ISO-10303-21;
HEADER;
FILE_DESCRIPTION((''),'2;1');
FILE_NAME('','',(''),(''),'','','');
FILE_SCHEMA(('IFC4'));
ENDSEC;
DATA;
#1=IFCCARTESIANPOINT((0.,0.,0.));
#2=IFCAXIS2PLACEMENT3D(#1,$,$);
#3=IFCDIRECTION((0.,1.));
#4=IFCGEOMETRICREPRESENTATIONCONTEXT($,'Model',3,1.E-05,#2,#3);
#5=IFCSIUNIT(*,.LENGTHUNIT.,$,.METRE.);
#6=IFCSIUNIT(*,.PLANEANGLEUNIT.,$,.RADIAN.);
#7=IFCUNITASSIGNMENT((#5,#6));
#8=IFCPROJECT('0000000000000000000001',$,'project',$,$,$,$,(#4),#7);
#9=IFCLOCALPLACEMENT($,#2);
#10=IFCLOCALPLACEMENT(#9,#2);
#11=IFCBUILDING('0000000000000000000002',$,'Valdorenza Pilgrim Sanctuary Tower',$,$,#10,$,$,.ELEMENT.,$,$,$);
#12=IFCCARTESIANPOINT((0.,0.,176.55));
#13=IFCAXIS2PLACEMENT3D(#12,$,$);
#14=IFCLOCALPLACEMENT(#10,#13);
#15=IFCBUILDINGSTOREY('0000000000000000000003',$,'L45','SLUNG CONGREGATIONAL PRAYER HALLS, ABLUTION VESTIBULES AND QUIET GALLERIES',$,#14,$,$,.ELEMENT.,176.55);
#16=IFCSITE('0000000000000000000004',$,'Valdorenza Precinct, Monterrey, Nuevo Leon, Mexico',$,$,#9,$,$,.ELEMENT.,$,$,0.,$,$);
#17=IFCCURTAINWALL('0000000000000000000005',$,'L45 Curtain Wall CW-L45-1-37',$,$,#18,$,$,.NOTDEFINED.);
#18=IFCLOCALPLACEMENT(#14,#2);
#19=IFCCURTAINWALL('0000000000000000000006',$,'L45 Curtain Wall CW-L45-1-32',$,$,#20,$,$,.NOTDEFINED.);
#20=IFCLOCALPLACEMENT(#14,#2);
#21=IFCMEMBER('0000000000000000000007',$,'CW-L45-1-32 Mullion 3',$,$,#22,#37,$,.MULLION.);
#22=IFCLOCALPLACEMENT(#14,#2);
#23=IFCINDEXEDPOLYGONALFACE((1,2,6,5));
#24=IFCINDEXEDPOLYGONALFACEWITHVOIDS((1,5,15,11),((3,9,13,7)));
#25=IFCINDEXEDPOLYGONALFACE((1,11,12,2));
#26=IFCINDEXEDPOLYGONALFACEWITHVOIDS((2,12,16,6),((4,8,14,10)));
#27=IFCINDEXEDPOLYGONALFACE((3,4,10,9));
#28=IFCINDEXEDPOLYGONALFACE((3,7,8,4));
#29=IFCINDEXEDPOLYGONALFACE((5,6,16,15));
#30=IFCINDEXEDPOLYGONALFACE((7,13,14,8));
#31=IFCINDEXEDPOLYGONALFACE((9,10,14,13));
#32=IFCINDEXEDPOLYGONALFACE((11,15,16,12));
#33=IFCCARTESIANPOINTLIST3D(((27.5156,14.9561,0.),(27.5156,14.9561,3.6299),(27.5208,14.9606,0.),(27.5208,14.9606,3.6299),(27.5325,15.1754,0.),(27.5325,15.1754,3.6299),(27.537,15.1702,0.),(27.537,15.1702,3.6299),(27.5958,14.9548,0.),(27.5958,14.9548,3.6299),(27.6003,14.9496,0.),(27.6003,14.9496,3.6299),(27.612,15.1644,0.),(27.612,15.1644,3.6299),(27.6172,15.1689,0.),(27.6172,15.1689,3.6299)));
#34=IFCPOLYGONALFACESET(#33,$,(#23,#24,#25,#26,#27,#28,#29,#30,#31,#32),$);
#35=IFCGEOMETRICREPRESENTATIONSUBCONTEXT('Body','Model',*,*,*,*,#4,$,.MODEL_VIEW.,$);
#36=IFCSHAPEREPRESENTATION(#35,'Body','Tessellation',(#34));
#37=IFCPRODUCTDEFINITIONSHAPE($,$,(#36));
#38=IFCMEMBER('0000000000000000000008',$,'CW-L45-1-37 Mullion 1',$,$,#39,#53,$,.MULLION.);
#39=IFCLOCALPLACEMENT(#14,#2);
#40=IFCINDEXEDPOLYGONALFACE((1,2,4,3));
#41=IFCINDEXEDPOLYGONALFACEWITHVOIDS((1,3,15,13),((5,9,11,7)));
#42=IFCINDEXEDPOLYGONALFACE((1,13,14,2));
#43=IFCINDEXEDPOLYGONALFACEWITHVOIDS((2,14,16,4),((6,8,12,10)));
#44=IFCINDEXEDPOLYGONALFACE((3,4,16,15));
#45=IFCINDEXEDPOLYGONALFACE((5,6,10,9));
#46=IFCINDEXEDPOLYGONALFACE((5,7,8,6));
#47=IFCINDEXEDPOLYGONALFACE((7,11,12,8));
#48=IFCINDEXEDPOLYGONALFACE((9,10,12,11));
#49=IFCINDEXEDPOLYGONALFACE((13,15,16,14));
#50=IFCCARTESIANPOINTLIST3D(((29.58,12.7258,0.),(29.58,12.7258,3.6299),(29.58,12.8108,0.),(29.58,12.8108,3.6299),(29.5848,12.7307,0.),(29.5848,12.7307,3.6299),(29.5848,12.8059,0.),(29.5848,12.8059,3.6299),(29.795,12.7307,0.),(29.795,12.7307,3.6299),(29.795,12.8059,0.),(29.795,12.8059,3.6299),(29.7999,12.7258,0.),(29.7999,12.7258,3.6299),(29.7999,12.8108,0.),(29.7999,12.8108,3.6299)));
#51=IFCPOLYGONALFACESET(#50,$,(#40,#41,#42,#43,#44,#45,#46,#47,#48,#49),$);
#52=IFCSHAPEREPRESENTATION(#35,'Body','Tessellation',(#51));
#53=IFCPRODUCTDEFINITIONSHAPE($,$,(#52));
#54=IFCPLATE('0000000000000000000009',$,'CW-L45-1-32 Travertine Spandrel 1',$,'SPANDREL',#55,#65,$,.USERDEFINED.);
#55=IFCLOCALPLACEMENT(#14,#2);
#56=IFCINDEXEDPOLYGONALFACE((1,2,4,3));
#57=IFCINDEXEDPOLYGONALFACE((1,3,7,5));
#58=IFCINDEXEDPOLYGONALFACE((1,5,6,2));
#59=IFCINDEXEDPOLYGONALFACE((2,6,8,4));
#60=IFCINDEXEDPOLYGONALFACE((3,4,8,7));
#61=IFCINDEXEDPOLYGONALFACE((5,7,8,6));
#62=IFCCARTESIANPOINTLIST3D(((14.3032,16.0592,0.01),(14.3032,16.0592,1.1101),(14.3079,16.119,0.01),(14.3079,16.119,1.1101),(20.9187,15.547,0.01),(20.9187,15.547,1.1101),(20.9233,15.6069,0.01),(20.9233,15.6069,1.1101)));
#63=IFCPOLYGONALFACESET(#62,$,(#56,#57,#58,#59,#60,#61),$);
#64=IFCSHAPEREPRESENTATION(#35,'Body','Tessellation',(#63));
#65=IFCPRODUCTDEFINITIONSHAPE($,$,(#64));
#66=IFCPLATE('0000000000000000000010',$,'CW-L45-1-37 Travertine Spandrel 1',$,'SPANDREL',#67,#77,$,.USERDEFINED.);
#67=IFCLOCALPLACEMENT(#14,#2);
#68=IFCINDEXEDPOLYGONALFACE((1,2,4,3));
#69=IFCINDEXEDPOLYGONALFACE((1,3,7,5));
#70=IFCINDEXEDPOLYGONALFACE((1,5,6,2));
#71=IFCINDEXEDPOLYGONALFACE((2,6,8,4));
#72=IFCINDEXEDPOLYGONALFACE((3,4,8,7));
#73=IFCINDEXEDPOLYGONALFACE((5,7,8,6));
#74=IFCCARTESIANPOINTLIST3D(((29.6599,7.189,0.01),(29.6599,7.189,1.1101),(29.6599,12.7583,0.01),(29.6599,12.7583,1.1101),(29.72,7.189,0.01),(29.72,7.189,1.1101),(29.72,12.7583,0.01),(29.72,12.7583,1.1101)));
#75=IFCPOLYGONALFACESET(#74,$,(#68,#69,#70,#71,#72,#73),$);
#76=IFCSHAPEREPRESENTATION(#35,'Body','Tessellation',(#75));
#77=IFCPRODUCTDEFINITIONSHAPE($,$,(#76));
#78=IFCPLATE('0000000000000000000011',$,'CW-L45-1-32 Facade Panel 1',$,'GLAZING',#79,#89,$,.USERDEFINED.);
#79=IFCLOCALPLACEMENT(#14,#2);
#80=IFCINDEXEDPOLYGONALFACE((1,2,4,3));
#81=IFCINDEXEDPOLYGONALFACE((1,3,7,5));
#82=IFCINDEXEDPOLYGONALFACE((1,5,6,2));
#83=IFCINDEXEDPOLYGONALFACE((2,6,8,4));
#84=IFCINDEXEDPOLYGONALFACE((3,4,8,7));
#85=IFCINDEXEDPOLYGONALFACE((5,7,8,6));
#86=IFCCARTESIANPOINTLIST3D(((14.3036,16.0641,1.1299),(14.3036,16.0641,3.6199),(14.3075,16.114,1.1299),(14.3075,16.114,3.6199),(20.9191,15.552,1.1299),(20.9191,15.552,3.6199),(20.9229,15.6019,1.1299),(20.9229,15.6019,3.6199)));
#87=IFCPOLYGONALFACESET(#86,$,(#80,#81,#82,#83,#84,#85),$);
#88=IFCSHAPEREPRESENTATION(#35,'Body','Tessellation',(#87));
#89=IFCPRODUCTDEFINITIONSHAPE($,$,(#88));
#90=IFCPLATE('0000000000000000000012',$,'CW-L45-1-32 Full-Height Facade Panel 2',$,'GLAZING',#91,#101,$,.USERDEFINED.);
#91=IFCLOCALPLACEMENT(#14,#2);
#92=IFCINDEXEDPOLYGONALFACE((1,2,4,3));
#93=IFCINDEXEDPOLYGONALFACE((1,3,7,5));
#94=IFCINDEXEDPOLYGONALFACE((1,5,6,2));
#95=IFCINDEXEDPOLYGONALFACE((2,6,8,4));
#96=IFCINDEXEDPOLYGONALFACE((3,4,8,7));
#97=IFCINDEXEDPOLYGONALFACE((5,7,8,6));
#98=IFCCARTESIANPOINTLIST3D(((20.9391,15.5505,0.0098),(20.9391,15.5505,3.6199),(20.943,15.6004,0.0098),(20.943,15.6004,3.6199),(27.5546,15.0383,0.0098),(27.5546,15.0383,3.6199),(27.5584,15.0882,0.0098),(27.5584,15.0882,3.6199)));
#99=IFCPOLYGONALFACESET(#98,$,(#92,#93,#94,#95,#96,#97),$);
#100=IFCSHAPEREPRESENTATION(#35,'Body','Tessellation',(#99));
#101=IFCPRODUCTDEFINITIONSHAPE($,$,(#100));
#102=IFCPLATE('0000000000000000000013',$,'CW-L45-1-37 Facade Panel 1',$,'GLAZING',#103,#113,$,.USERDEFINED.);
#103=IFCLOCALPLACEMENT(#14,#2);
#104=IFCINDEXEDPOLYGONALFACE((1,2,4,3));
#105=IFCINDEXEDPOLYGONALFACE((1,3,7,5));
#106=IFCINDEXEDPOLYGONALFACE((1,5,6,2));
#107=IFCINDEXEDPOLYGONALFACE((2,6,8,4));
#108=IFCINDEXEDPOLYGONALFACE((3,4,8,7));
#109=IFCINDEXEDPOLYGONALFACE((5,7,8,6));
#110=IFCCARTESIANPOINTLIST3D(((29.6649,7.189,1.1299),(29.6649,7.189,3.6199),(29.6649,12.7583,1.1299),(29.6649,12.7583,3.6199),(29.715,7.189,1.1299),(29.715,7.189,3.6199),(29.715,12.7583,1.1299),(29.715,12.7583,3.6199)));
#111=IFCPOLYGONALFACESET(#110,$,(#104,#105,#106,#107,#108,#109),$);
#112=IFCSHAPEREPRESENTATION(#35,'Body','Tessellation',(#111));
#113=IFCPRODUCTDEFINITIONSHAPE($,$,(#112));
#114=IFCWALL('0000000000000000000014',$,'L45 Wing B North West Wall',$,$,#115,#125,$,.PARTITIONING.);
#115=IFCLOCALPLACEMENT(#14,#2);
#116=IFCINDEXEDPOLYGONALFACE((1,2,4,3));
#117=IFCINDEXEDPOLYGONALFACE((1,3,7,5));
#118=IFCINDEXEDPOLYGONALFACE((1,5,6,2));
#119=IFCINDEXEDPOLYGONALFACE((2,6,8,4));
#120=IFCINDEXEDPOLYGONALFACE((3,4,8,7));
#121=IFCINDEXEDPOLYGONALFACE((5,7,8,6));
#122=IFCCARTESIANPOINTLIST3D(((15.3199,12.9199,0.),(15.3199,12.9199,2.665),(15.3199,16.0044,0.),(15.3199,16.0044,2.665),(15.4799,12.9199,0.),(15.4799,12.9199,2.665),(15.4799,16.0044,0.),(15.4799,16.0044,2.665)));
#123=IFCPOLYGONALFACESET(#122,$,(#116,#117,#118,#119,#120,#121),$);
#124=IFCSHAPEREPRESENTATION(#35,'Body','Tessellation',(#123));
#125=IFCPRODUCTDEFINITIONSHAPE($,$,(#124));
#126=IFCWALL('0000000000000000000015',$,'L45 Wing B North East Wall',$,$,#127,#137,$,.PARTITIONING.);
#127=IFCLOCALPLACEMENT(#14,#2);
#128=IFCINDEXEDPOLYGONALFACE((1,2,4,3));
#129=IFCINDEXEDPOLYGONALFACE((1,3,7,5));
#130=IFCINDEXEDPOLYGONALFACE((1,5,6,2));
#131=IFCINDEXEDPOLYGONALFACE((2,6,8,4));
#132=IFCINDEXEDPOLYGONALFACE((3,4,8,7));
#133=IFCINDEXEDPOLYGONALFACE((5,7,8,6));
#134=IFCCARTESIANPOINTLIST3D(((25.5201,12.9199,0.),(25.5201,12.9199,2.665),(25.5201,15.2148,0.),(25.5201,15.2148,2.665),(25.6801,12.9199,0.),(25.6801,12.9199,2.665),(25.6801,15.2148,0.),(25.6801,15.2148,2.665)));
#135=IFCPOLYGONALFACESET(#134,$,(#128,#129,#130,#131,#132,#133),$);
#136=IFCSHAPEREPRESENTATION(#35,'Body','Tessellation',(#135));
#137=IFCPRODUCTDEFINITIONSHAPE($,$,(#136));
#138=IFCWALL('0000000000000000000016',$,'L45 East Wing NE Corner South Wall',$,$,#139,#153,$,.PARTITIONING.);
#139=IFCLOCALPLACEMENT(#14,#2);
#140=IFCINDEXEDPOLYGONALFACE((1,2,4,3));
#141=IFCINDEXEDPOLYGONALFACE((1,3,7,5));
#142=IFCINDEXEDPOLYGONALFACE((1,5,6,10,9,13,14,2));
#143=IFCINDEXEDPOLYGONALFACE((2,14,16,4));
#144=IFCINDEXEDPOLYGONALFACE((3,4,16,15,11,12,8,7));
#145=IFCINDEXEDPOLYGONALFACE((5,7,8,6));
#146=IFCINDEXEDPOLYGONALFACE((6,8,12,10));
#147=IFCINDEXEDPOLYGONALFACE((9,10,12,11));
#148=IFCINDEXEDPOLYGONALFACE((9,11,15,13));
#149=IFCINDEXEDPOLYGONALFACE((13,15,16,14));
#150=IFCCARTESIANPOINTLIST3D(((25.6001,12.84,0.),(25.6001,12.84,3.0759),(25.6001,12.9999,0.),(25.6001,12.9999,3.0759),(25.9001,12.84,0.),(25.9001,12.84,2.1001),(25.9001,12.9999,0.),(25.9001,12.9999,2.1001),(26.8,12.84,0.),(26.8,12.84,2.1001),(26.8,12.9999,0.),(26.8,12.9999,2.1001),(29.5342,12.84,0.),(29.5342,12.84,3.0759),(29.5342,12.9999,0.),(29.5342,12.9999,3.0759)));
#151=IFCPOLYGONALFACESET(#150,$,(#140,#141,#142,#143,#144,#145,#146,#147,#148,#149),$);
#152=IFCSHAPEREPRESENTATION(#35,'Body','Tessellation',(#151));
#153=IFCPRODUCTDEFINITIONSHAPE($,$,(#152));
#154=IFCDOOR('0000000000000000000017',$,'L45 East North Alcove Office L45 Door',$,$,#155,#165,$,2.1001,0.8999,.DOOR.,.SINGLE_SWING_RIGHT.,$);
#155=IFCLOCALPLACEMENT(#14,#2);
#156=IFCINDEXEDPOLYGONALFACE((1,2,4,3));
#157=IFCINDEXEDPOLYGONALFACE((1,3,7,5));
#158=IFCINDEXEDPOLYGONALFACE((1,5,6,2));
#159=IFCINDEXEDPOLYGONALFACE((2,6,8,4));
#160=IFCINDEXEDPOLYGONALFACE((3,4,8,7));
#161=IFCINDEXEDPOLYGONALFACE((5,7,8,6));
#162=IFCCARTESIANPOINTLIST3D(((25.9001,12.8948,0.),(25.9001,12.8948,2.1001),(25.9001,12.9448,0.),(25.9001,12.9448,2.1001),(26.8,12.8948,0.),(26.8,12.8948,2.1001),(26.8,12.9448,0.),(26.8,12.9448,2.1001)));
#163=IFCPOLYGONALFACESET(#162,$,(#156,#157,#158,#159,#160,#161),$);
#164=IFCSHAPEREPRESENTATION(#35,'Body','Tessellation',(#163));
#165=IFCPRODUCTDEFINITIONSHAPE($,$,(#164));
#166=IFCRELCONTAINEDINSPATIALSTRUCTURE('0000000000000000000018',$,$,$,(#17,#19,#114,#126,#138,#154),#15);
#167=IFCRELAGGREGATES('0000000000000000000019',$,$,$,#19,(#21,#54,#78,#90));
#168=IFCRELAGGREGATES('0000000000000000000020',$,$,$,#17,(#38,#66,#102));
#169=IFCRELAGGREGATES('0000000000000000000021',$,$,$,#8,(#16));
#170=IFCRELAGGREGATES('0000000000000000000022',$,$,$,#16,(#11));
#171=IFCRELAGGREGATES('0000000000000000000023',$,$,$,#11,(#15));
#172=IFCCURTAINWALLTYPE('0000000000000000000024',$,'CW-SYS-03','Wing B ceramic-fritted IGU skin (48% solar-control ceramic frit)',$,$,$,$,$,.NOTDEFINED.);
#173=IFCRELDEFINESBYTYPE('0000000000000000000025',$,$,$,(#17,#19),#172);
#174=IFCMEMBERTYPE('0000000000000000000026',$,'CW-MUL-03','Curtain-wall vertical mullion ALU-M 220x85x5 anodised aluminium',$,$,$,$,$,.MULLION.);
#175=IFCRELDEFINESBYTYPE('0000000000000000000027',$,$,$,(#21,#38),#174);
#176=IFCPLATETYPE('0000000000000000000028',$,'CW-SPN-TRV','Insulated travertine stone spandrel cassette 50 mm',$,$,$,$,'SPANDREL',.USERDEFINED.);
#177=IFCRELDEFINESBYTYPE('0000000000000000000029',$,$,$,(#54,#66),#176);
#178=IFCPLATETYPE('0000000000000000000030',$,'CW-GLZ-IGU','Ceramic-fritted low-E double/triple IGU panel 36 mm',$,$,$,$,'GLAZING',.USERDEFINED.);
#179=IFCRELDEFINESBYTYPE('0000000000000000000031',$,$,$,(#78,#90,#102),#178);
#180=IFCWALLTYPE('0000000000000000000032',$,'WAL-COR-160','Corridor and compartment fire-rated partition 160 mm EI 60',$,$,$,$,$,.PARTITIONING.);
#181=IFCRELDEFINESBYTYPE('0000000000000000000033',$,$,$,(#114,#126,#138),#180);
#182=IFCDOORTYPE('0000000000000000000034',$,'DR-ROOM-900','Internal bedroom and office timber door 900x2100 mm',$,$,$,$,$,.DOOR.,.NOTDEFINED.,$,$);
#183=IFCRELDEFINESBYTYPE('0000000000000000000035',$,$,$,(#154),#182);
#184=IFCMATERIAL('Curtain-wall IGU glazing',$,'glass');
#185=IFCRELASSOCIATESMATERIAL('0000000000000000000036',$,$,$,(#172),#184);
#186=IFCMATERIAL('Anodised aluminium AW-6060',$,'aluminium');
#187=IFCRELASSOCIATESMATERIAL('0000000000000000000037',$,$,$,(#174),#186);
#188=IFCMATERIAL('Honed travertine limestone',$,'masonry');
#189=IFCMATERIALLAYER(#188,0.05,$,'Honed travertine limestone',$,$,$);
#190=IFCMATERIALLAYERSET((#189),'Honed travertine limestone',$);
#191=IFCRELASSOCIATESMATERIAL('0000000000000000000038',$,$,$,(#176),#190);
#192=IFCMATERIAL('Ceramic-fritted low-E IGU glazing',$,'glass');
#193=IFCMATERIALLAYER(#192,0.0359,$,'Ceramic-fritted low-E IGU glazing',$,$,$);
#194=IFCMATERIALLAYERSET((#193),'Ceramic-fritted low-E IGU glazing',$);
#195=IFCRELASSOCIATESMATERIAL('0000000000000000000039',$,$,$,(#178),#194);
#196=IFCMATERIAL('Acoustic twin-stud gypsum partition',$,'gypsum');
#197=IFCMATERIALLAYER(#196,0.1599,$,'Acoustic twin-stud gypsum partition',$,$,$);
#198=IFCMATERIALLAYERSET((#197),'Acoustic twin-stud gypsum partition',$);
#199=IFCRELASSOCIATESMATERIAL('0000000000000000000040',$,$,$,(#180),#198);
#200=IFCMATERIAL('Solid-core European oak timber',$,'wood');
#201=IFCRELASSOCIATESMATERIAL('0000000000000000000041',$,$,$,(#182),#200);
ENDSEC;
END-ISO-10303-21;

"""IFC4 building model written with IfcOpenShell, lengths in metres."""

from ifc_helpers import new_model, si_unit, direction, frame, frame_2d, origin, origin_2d, place, context, subcontext, project, spatial, rectangle, hollow_rectangle, extrude, source, transform, mapped, material, layer, layer_set, material_profile, profile_set, type_object, element, fill, aggregate, save


model = new_model("IFC4")

# Units and contexts
model_context = context("Model", 3, precision=1e-05, world=origin(), true_north=direction((0.0, 1.0)))
body_context = subcontext(model_context, "Body", "Model", "MODEL_VIEW")
ifc_project = project(units=[si_unit("LENGTHUNIT", "METRE"), si_unit("PLANEANGLEUNIT", "RADIAN")], contexts=[model_context])

# Site, building, storey
site_placement = place(None, origin())
site = spatial("IfcSite", under=ifc_project, at=site_placement, Name="Valdorenza Precinct, Monterrey, Nuevo Leon, Mexico", CompositionType="ELEMENT", RefElevation=0.0)
building_placement = place(site_placement, origin())
building = spatial("IfcBuilding", under=site, at=building_placement, Name="Valdorenza Pilgrim Sanctuary Tower", CompositionType="ELEMENT")
storey_placement = place(building_placement, frame((0.0, 0.0, 176.55)))
storey = spatial("IfcBuildingStorey", under=building, at=storey_placement, Name="L45", Description="SLUNG CONGREGATIONAL PRAYER HALLS, ABLUTION VESTIBULES AND QUIET GALLERIES", CompositionType="ELEMENT", Elevation=176.55)

# Curtain wall
ifc_material_1 = material(Name="Curtain-wall IGU glazing", Category="glass")
curtain_wall_type = type_object("IfcCurtainWallType", Name="CW-SYS-03", Description="Wing B ceramic-fritted IGU skin (48% solar-control ceramic frit)", PredefinedType="NOTDEFINED", material=ifc_material_1)
curtain_wall_1_placement = place(storey_placement, origin())
curtain_wall_1 = element("IfcCurtainWall", 1, at=curtain_wall_1_placement, inside=storey, type_object=curtain_wall_type, Name="L45 Curtain Wall CW-L45-1-37", PredefinedType="NOTDEFINED")
ifc_material_2 = material(Name="Anodised aluminium AW-6060", Category="aluminium")

# Curtain wall, member
curtain_wall_2_placement = place(storey_placement, origin())
curtain_wall_2 = element("IfcCurtainWall", 2, at=curtain_wall_2_placement, inside=storey, type_object=curtain_wall_type, Name="L45 Curtain Wall CW-L45-1-32", PredefinedType="NOTDEFINED")
ifc_material_profile_1 = material_profile(ifc_material_2, hollow_rectangle(XDim=0.085, YDim=0.22, WallThickness=0.0049, at=origin_2d()), Name="ALU-M 220x85x5")
ifc_profile_set_1 = profile_set([ifc_material_profile_1], Name="Anodised aluminium AW-6060")
member_type_1 = type_object("IfcMemberType", Name="CW-MUL-03", Description="Curtain-wall vertical mullion ALU-M 220x85x5 anodised aluminium", PredefinedType="MULLION", material=ifc_profile_set_1)
shared_shape_1 = source(origin(), body_context, "Body", "SweptSolid", [
    extrude(hollow_rectangle(XDim=0.085, YDim=0.22, WallThickness=0.0049, at=origin_2d()), origin(), (0.0, 0.0, 1.0), 3.6299),
])
member_1_placement = place(storey_placement, frame((27.5664, 15.0625, 0.0), z_axis=(0.0, 0.0, 1.0), x_axis=(0.997016, -0.077189, 0.0)))
member_1 = element("IfcMember", 3, at=member_1_placement, type_object=member_type_1, Name="CW-L45-1-32 Mullion 3", PredefinedType="MULLION", context=body_context, shape_type="MappedRepresentation", body=[
    mapped(shared_shape_1, transform((0.0, 0.0, 0.0), x_axis=(1.0, 0.0, 0.0), y_axis=(0.0, 1.0, 0.0), z_axis=(0.0, 0.0, 1.0), scale=1.0)),
])

# Member
member_2_placement = place(storey_placement, frame((29.6899, 12.7683, 0.0), z_axis=(0.0, 0.0, 1.0), x_axis=(0.0, -1.0, 0.0)))
member_2 = element("IfcMember", 4, at=member_2_placement, type_object=member_type_1, Name="CW-L45-1-37 Mullion 1", PredefinedType="MULLION", context=body_context, shape_type="MappedRepresentation", body=[
    mapped(shared_shape_1, transform((0.0, 0.0, 0.0), x_axis=(1.0, 0.0, 0.0), y_axis=(0.0, 1.0, 0.0), z_axis=(0.0, 0.0, 1.0), scale=1.0)),
])

# Plates
ifc_material_3 = material(Name="Honed travertine limestone", Category="masonry")
ifc_layer_1 = layer(ifc_material_3, 0.05, Name="Honed travertine limestone")
ifc_layer_set_1 = layer_set([ifc_layer_1], Name="Honed travertine limestone")
plate_type_1 = type_object("IfcPlateType", Name="CW-SPN-TRV", Description="Insulated travertine stone spandrel cassette 50 mm", ElementType="SPANDREL", PredefinedType="USERDEFINED", material=ifc_layer_set_1)
shared_shape_2 = source(origin(), body_context, "Body", "SweptSolid", [
    extrude(rectangle(XDim=6.6353, YDim=0.0601, at=origin_2d()), origin(), (0.0, 0.0, 1.0), 1.1001),
])
plate_1_placement = place(storey_placement, frame((17.6133, 15.833, 0.01), z_axis=(0.0, 0.0, 1.0), x_axis=(0.997016, -0.077189, 0.0)))
plate_1 = element("IfcPlate", 5, at=plate_1_placement, type_object=plate_type_1, Name="CW-L45-1-32 Travertine Spandrel 1", ObjectType="SPANDREL", PredefinedType="USERDEFINED", context=body_context, shape_type="MappedRepresentation", body=[
    mapped(shared_shape_2, transform((0.0, 0.0, 0.0), x_axis=(1.0, 0.0, 0.0), y_axis=(0.0, 1.0, 0.0), z_axis=(0.0, 0.0, 1.0), scale=1.0)),
])
shared_shape_3 = source(origin(), body_context, "Body", "SweptSolid", [
    extrude(rectangle(XDim=5.5693, YDim=0.0601, at=origin_2d()), origin(), (0.0, 0.0, 1.0), 1.1001),
])
plate_2_placement = place(storey_placement, frame((29.6899, 9.9736, 0.01), z_axis=(0.0, 0.0, 1.0), x_axis=(0.0, -1.0, 0.0)))
plate_2 = element("IfcPlate", 6, at=plate_2_placement, type_object=plate_type_1, Name="CW-L45-1-37 Travertine Spandrel 1", ObjectType="SPANDREL", PredefinedType="USERDEFINED", context=body_context, shape_type="MappedRepresentation", body=[
    mapped(shared_shape_3, transform((0.0, 0.0, 0.0), x_axis=(1.0, 0.0, 0.0), y_axis=(0.0, 1.0, 0.0), z_axis=(0.0, 0.0, 1.0), scale=1.0)),
])
ifc_material_4 = material(Name="Ceramic-fritted low-E IGU glazing", Category="glass")
ifc_layer_2 = layer(ifc_material_4, 0.0359, Name="Ceramic-fritted low-E IGU glazing")
ifc_layer_set_2 = layer_set([ifc_layer_2], Name="Ceramic-fritted low-E IGU glazing")
plate_type_2 = type_object("IfcPlateType", Name="CW-GLZ-IGU", Description="Ceramic-fritted low-E double/triple IGU panel 36 mm", ElementType="GLAZING", PredefinedType="USERDEFINED", material=ifc_layer_set_2)
shared_shape_4 = source(origin(), body_context, "Body", "SweptSolid", [
    extrude(rectangle(XDim=6.6353, YDim=0.05, at=origin_2d()), origin(), (0.0, 0.0, 1.0), 2.49),
])
plate_3_placement = place(storey_placement, frame((17.6133, 15.833, 1.1299), z_axis=(0.0, 0.0, 1.0), x_axis=(0.997016, -0.077189, 0.0)))
plate_3 = element("IfcPlate", 7, at=plate_3_placement, type_object=plate_type_2, Name="CW-L45-1-32 Facade Panel 1", ObjectType="GLAZING", PredefinedType="USERDEFINED", context=body_context, shape_type="MappedRepresentation", body=[
    mapped(shared_shape_4, transform((0.0, 0.0, 0.0), x_axis=(1.0, 0.0, 0.0), y_axis=(0.0, 1.0, 0.0), z_axis=(0.0, 0.0, 1.0), scale=1.0)),
])
shared_shape_5 = source(origin(), body_context, "Body", "SweptSolid", [
    extrude(rectangle(XDim=6.6353, YDim=0.05, at=origin_2d()), origin(), (0.0, 0.0, 1.0), 3.6101),
])
plate_4_placement = place(storey_placement, frame((24.2488, 15.3193, 0.0098), z_axis=(0.0, 0.0, 1.0), x_axis=(0.997016, -0.077189, 0.0)))
plate_4 = element("IfcPlate", 8, at=plate_4_placement, type_object=plate_type_2, Name="CW-L45-1-32 Full-Height Facade Panel 2", ObjectType="GLAZING", PredefinedType="USERDEFINED", context=body_context, shape_type="MappedRepresentation", body=[
    mapped(shared_shape_5, transform((0.0, 0.0, 0.0), x_axis=(1.0, 0.0, 0.0), y_axis=(0.0, 1.0, 0.0), z_axis=(0.0, 0.0, 1.0), scale=1.0)),
])
aggregate(curtain_wall_2, [member_1, plate_1, plate_3, plate_4])
shared_shape_6 = source(origin(), body_context, "Body", "SweptSolid", [
    extrude(rectangle(XDim=5.5693, YDim=0.05, at=origin_2d()), origin(), (0.0, 0.0, 1.0), 2.49),
])
plate_5_placement = place(storey_placement, frame((29.6899, 9.9736, 1.1299), z_axis=(0.0, 0.0, 1.0), x_axis=(0.0, -1.0, 0.0)))
plate_5 = element("IfcPlate", 9, at=plate_5_placement, type_object=plate_type_2, Name="CW-L45-1-37 Facade Panel 1", ObjectType="GLAZING", PredefinedType="USERDEFINED", context=body_context, shape_type="MappedRepresentation", body=[
    mapped(shared_shape_6, transform((0.0, 0.0, 0.0), x_axis=(1.0, 0.0, 0.0), y_axis=(0.0, 1.0, 0.0), z_axis=(0.0, 0.0, 1.0), scale=1.0)),
])
aggregate(curtain_wall_1, [member_2, plate_2, plate_5])

# Walls
ifc_material_5 = material(Name="Acoustic twin-stud gypsum partition", Category="gypsum")
ifc_layer_3 = layer(ifc_material_5, 0.1599, Name="Acoustic twin-stud gypsum partition")
ifc_layer_set_3 = layer_set([ifc_layer_3], Name="Acoustic twin-stud gypsum partition")
wall_type_1 = type_object("IfcWallType", Name="WAL-COR-160", Description="Corridor and compartment fire-rated partition 160 mm EI 60", PredefinedType="PARTITIONING", material=ifc_layer_set_3)
wall_1_placement = place(storey_placement, frame((15.3999, 12.9199, 0.0), z_axis=(0.0, 0.0, 1.0), x_axis=(0.0, 1.0, 0.0)))
element("IfcWall", 10, at=wall_1_placement, inside=storey, type_object=wall_type_1, Name="L45 Wing B North West Wall", PredefinedType="PARTITIONING", context=body_context, shape_type="SweptSolid", body=[
    extrude(rectangle(XDim=3.0845, YDim=0.1599, at=frame_2d((1.5422, 0.0))), origin(), (0.0, 0.0, 1.0), 2.665),
])
wall_2_placement = place(storey_placement, frame((25.6001, 12.9199, 0.0), z_axis=(0.0, 0.0, 1.0), x_axis=(0.0, 1.0, 0.0)))
element("IfcWall", 11, at=wall_2_placement, inside=storey, type_object=wall_type_1, Name="L45 Wing B North East Wall", PredefinedType="PARTITIONING", context=body_context, shape_type="SweptSolid", body=[
    extrude(rectangle(XDim=2.2949, YDim=0.1599, at=frame_2d((1.1475, 0.0))), origin(), (0.0, 0.0, 1.0), 2.665),
])

# Wall, opening, door
wall_3_placement = place(storey_placement, frame((25.6001, 12.9199, 0.0), z_axis=(0.0, 0.0, 1.0), x_axis=(1.0, 0.0, 0.0)))
wall_3 = element("IfcWall", 12, at=wall_3_placement, inside=storey, type_object=wall_type_1, Name="L45 East Wing NE Corner South Wall", PredefinedType="PARTITIONING", context=body_context, shape_type="SweptSolid", body=[
    extrude(rectangle(XDim=3.9341, YDim=0.1599, at=frame_2d((1.967, 0.0))), origin(), (0.0, 0.0, 1.0), 3.0759),
])
opening_1_placement = place(wall_3_placement, frame((0.3, 0.0, 0.0)))
opening_1 = element("IfcOpeningElement", 13, at=opening_1_placement, cuts=wall_3, PredefinedType="OPENING", context=body_context, shape_type="SweptSolid", body=[
    extrude(rectangle(XDim=0.8999, YDim=2.1001, at=frame_2d((0.45, 1.05))), frame((0.0, 0.0947, 0.0), z_axis=(0.0, -1.0, 0.0), x_axis=(1.0, 0.0, 0.0)), (0.0, 0.0, 1.0), 0.1897),
])
ifc_material_6 = material(Name="Solid-core European oak timber", Category="wood")
door_type_1 = type_object("IfcDoorType", Name="DR-ROOM-900", Description="Internal bedroom and office timber door 900x2100 mm", OperationType="NOTDEFINED", PredefinedType="DOOR", material=ifc_material_6)
door_1_placement = place(opening_1_placement, origin())
door_1 = element("IfcDoor", 14, at=door_1_placement, inside=storey, type_object=door_type_1, Name="L45 East North Alcove Office L45 Door", OperationType="SINGLE_SWING_RIGHT", OverallHeight=2.1001, OverallWidth=0.8999, PredefinedType="DOOR", context=body_context, shape_type="SweptSolid", body=[
    extrude(rectangle(XDim=0.8999, YDim=2.1001, at=frame_2d((0.45, 1.05))), frame((0.0, 0.0249, 0.0), z_axis=(0.0, -1.0, 0.0), x_axis=(1.0, 0.0, 0.0)), (0.0, 0.0, 1.0), 0.05),
])
fill(opening_1, door_1)

save(model, "model.ifc")
